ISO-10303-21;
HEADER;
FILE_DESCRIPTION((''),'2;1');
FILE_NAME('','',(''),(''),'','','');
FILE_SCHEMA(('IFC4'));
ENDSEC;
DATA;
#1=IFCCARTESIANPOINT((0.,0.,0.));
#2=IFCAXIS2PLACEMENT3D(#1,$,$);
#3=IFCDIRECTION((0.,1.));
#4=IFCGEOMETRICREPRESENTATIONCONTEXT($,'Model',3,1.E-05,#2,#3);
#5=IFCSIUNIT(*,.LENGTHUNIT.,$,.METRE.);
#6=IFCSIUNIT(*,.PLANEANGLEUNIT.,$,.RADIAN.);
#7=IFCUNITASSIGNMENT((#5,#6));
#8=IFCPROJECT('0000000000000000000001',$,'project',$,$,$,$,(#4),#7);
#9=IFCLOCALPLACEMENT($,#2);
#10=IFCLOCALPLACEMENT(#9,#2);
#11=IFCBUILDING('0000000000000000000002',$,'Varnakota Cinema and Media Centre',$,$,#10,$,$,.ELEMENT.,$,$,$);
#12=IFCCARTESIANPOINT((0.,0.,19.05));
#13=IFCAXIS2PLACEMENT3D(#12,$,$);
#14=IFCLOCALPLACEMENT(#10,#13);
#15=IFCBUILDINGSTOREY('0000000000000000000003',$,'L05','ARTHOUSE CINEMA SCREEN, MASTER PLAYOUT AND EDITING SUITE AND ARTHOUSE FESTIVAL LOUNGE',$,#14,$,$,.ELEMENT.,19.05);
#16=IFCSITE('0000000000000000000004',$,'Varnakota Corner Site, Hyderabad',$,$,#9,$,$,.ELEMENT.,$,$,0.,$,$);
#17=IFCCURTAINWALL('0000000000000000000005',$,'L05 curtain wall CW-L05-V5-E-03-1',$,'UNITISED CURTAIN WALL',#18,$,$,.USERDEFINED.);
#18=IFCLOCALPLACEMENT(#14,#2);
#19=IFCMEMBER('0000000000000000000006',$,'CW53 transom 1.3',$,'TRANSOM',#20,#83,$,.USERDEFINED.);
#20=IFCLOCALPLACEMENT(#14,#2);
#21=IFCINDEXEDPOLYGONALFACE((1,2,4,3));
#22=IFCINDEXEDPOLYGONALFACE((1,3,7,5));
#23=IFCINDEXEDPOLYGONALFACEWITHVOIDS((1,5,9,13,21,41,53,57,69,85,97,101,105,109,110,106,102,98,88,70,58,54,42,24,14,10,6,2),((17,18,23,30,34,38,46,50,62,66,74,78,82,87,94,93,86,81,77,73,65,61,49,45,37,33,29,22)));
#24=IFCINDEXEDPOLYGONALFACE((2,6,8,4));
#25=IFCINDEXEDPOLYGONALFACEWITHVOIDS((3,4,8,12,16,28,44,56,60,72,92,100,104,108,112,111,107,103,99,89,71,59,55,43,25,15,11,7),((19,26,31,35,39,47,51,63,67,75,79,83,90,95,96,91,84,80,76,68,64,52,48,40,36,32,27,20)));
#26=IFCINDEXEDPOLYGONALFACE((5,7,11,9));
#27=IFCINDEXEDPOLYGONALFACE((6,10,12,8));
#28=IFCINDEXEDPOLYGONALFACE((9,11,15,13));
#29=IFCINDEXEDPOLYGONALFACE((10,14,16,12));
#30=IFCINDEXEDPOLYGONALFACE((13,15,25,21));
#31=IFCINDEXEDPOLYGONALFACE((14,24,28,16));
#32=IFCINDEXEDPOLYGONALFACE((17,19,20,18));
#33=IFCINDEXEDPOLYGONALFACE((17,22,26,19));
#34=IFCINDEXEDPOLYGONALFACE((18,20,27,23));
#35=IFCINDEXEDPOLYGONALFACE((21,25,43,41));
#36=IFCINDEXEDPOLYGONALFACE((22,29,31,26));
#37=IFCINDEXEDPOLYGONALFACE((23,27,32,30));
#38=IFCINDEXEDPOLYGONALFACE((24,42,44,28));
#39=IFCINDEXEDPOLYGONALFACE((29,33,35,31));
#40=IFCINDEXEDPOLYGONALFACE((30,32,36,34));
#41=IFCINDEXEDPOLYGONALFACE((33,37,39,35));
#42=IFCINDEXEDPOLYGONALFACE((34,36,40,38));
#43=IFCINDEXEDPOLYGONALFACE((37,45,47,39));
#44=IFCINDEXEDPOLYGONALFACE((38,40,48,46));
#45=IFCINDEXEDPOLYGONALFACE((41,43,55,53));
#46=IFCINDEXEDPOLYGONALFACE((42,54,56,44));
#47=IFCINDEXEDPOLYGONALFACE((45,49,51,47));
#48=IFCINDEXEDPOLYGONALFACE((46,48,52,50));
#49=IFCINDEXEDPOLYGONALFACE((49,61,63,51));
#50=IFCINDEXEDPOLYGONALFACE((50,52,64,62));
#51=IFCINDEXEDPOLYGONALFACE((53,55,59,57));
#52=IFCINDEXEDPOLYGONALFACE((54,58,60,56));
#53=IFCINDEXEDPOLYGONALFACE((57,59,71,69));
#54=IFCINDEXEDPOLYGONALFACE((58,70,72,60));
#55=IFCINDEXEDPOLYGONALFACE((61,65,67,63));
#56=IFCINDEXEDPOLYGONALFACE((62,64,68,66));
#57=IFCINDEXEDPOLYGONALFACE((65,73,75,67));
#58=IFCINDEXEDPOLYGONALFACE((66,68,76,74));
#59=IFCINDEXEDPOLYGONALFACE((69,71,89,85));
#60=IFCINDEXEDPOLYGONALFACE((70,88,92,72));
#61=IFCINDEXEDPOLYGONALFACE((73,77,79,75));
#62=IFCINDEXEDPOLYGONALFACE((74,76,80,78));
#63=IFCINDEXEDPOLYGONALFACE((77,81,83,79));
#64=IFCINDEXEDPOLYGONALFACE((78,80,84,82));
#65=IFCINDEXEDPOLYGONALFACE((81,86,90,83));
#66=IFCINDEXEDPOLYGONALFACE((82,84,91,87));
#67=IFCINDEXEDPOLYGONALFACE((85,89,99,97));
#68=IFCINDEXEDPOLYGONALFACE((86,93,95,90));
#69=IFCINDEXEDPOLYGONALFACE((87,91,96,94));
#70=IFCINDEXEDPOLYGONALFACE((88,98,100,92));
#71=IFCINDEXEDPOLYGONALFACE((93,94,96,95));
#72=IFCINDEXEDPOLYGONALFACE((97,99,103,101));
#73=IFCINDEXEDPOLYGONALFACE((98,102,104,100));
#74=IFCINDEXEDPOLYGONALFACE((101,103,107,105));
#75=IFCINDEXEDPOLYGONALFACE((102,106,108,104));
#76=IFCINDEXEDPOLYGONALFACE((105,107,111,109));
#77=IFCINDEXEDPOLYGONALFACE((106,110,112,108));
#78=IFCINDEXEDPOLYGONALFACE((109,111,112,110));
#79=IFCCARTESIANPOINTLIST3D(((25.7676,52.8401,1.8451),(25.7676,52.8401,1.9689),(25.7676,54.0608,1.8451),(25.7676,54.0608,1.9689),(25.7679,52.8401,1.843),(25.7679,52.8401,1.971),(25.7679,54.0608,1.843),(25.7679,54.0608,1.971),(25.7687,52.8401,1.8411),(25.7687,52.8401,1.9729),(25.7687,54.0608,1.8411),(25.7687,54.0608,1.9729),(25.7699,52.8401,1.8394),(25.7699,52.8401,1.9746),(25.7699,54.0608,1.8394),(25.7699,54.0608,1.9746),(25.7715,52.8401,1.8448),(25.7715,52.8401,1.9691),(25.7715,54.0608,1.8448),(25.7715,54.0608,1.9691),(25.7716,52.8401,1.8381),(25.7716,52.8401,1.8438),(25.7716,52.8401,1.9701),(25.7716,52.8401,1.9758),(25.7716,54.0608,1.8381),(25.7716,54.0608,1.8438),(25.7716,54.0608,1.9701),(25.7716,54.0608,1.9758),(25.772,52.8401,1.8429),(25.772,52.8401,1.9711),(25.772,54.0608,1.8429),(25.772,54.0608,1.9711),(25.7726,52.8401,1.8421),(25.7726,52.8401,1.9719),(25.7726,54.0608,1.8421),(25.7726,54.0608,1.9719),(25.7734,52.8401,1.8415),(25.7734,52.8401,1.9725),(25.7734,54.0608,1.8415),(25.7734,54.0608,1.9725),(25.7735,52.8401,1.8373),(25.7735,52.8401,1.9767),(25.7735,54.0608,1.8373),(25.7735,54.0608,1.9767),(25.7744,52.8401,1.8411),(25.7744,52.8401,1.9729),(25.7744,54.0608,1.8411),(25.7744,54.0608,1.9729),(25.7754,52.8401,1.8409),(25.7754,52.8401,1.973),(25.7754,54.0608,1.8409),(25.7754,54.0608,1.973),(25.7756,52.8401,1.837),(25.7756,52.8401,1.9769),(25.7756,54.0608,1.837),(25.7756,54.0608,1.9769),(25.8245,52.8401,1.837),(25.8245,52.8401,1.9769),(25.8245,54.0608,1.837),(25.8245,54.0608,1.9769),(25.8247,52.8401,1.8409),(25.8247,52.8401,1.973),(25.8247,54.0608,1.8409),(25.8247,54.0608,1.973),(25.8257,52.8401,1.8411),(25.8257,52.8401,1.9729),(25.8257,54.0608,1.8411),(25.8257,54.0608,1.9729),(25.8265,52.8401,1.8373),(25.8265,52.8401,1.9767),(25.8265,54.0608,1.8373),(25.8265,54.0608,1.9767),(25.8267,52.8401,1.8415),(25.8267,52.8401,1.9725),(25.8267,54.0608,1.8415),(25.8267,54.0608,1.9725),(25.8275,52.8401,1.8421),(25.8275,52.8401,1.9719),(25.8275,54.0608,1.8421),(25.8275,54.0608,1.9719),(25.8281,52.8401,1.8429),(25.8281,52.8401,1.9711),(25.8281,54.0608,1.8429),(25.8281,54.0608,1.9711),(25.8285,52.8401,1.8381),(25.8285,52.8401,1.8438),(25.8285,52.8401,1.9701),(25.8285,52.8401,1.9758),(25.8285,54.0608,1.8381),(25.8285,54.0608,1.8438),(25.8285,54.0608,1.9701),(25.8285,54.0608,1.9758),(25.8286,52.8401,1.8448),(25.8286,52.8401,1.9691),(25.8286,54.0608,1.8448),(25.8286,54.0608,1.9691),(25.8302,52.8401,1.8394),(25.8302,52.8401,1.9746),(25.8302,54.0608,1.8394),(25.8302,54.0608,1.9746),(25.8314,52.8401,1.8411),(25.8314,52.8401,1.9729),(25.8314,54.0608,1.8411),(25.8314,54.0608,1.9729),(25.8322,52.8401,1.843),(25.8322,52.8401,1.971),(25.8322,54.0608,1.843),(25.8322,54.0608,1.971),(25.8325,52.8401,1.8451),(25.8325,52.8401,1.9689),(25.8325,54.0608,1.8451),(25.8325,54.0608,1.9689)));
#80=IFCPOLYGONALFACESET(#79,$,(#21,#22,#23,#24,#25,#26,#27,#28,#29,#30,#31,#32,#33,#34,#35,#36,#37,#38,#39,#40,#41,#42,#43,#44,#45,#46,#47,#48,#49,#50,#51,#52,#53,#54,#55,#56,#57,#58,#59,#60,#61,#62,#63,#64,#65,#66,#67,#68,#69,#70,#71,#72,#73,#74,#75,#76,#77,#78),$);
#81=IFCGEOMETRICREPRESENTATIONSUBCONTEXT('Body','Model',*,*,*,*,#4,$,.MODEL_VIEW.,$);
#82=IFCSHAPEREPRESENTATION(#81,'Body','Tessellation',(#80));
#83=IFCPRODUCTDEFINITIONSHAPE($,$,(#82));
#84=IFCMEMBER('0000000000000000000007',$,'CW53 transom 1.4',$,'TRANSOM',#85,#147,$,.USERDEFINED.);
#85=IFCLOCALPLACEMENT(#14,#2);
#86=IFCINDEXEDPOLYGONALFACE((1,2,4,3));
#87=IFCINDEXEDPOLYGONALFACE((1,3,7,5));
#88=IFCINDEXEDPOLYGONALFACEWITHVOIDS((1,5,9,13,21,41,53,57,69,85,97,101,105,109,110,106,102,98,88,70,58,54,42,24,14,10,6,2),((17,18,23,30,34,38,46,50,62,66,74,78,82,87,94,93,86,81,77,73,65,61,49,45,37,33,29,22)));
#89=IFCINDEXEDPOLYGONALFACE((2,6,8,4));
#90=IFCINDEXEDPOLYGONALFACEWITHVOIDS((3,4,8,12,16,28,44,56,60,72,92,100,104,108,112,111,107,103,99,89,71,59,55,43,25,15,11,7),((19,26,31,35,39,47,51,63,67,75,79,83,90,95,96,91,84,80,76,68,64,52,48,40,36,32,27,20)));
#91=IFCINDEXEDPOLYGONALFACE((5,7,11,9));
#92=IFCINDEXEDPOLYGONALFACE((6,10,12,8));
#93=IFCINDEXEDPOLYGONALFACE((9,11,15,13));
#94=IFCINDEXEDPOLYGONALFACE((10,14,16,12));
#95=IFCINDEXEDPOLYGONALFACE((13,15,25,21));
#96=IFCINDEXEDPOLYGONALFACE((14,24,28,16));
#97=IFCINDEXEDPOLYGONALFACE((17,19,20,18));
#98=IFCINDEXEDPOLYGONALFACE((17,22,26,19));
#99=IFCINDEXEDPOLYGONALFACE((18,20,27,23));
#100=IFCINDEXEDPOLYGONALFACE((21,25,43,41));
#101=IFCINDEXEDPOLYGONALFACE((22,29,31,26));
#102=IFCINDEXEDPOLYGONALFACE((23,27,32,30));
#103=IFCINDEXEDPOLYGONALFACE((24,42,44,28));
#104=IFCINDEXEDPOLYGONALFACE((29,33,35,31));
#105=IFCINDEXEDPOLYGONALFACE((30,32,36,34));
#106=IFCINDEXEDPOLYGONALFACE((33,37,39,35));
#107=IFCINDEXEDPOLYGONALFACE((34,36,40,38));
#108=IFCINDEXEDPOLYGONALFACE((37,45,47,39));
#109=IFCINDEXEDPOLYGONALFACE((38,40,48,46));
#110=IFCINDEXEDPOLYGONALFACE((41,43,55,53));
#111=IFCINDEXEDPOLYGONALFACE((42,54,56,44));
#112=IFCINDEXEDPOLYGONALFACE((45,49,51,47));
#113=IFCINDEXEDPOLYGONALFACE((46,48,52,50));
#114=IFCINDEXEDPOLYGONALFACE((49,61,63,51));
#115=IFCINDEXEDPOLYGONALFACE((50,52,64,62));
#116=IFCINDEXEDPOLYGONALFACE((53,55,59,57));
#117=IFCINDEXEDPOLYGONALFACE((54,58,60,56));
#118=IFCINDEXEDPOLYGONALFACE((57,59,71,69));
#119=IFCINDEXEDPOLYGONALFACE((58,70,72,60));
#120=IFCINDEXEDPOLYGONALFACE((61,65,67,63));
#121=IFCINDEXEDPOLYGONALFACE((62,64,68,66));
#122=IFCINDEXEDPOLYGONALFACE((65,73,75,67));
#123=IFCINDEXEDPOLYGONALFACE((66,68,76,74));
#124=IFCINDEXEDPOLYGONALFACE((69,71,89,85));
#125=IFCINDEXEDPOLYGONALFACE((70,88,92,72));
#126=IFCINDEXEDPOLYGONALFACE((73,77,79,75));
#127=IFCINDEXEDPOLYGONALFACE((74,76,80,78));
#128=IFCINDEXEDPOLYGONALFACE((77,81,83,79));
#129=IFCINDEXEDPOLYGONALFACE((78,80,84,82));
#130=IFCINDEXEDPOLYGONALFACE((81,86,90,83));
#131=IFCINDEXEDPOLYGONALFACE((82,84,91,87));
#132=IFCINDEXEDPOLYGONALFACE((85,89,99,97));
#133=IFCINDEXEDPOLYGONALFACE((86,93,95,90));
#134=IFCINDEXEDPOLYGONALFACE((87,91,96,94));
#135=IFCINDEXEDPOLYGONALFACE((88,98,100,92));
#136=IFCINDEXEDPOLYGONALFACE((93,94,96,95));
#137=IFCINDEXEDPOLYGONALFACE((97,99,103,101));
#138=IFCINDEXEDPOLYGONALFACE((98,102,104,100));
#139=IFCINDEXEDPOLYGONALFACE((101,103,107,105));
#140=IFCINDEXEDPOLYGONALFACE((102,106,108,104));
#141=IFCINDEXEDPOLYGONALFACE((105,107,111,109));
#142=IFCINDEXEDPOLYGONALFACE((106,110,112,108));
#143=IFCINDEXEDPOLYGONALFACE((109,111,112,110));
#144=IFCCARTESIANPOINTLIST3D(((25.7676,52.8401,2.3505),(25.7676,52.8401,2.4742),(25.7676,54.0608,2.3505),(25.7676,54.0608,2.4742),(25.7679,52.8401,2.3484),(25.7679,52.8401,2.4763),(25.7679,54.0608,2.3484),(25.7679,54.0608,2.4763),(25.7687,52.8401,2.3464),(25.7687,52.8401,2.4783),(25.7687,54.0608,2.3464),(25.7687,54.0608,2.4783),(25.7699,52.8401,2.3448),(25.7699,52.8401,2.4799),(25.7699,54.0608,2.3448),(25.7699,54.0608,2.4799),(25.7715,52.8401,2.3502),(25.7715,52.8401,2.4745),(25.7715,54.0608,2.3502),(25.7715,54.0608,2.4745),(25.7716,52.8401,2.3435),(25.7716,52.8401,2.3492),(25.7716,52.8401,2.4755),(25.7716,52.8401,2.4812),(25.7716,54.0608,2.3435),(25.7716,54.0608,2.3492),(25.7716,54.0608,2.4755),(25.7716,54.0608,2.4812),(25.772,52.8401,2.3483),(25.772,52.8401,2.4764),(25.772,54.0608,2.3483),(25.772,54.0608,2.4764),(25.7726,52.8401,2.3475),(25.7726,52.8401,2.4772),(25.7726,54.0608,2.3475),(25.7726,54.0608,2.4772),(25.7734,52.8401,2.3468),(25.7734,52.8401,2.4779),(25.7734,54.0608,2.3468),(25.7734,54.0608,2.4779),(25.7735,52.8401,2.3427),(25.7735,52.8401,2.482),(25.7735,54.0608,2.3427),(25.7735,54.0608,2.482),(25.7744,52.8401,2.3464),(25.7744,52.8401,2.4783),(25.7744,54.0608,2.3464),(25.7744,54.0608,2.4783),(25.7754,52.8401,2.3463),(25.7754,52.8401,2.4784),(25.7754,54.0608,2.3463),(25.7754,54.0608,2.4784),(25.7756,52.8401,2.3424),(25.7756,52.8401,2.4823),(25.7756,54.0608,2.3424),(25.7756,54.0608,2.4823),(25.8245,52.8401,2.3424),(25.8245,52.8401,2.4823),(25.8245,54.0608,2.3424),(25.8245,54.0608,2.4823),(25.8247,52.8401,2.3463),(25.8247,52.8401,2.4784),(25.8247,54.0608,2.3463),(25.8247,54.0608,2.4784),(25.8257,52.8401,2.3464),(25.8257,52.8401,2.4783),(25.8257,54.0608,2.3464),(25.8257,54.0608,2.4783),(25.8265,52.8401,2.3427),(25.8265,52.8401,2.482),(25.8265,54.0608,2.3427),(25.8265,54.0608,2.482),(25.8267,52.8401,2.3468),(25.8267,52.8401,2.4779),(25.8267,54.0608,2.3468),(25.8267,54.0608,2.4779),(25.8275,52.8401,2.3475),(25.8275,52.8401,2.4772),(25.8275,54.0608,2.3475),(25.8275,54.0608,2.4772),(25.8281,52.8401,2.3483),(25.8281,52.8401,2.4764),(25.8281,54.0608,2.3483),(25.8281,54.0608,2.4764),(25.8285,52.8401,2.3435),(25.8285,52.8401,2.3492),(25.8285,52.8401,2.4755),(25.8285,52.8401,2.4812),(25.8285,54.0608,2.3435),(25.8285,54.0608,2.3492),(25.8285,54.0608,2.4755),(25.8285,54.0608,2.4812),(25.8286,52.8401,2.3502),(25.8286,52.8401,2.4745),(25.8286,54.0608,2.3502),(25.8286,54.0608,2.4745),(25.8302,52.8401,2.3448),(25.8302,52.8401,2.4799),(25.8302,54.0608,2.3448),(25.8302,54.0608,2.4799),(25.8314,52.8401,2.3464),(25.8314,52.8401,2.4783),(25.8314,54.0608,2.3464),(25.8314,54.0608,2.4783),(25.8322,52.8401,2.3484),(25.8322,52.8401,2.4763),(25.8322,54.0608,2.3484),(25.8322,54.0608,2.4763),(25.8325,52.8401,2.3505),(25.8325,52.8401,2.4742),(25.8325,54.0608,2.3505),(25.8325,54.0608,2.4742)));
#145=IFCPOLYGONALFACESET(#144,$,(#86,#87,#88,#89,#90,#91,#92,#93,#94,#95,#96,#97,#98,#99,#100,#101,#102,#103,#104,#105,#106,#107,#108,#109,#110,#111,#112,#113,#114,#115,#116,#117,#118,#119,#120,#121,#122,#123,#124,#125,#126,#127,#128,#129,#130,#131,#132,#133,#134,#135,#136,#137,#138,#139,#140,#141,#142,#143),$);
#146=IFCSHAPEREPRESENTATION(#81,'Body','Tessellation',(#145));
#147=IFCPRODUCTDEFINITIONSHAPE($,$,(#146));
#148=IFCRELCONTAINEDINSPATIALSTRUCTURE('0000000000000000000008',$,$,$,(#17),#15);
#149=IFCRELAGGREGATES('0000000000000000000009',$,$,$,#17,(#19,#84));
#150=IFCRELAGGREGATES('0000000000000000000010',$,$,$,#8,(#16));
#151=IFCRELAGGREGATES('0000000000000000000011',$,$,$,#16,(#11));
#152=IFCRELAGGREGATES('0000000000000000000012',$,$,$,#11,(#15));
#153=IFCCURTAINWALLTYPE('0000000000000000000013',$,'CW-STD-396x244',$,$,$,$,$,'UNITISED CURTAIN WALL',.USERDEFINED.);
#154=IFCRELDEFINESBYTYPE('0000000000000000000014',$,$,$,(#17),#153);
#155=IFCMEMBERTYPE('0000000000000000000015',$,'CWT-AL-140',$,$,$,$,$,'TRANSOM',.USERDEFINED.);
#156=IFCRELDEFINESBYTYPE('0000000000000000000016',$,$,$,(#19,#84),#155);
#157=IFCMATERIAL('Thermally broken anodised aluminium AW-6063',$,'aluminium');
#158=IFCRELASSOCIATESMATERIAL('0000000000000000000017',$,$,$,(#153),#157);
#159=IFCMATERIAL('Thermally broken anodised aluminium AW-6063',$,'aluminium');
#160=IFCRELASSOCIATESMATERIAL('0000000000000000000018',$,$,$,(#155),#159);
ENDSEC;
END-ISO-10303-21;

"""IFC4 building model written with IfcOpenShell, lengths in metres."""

from ifc_helpers import new_model, si_unit, direction, frame, origin, origin_2d, place, context, subcontext, project, spatial, hollow_rectangle, extrude, material, material_profile, profile_set, type_object, element, aggregate, save


model = new_model("IFC4")

# Units and contexts
model_context = context("Model", 3, precision=1e-05, world=origin(), true_north=direction((0.0, 1.0)))
body_context = subcontext(model_context, "Body", "Model", "MODEL_VIEW")
ifc_project = project(units=[si_unit("LENGTHUNIT", "METRE"), si_unit("PLANEANGLEUNIT", "RADIAN")], contexts=[model_context])

# Site, building, storey
site_placement = place(None, origin())
site = spatial("IfcSite", under=ifc_project, at=site_placement, Name="Varnakota Corner Site, Hyderabad", CompositionType="ELEMENT", RefElevation=0.0)
building_placement = place(site_placement, origin())
building = spatial("IfcBuilding", under=site, at=building_placement, Name="Varnakota Cinema and Media Centre", CompositionType="ELEMENT")
storey_placement = place(building_placement, frame((0.0, 0.0, 19.05)))
storey = spatial("IfcBuildingStorey", under=building, at=storey_placement, Name="L05", Description="ARTHOUSE CINEMA SCREEN, MASTER PLAYOUT AND EDITING SUITE AND ARTHOUSE FESTIVAL LOUNGE", CompositionType="ELEMENT", Elevation=19.05)

# Curtain wall
ifc_material_1 = material(Name="Thermally broken anodised aluminium AW-6063", Category="aluminium")
curtain_wall_type_1 = type_object("IfcCurtainWallType", Name="CW-STD-396x244", ElementType="UNITISED CURTAIN WALL", PredefinedType="USERDEFINED", material=ifc_material_1)
curtain_wall_1_placement = place(storey_placement, origin())
curtain_wall_1 = element("IfcCurtainWall", 1, at=curtain_wall_1_placement, inside=storey, type_object=curtain_wall_type_1, Name="L05 curtain wall CW-L05-V5-E-03-1", ObjectType="UNITISED CURTAIN WALL", PredefinedType="USERDEFINED")

# Members
ifc_material_2 = material(Name="Thermally broken anodised aluminium AW-6063", Category="aluminium")
ifc_material_profile_1 = material_profile(ifc_material_2, hollow_rectangle(XDim=0.0649, YDim=0.1399, WallThickness=0.0039, InnerFilletRadius=0.0039, OuterFilletRadius=0.0081, at=origin_2d()), Name="AL-TRANSOM 140x65x4")
ifc_profile_set_1 = profile_set([ifc_material_profile_1], Name="Thermally broken anodised aluminium AW-6063")
member_type_1 = type_object("IfcMemberType", Name="CWT-AL-140", ElementType="TRANSOM", PredefinedType="USERDEFINED", material=ifc_profile_set_1)
member_1_placement = place(storey_placement, frame((25.8, 52.8401, 1.907), z_axis=(0.0, 1.0, 0.0), x_axis=(-1.0, 0.0, 0.0)))
member_1 = element("IfcMember", 2, at=member_1_placement, type_object=member_type_1, Name="CW53 transom 1.3", ObjectType="TRANSOM", PredefinedType="USERDEFINED", context=body_context, shape_type="SweptSolid", body=[
    extrude(hollow_rectangle(XDim=0.0649, YDim=0.1399, WallThickness=0.0039, InnerFilletRadius=0.0039, OuterFilletRadius=0.0081, at=origin_2d()), origin(), (0.0, 0.0, 1.0), 1.2207),
])
member_2_placement = place(storey_placement, frame((25.8, 52.8401, 2.4124), z_axis=(0.0, 1.0, 0.0), x_axis=(-1.0, 0.0, 0.0)))
member_2 = element("IfcMember", 3, at=member_2_placement, type_object=member_type_1, Name="CW53 transom 1.4", ObjectType="TRANSOM", PredefinedType="USERDEFINED", context=body_context, shape_type="SweptSolid", body=[
    extrude(hollow_rectangle(XDim=0.0649, YDim=0.1399, WallThickness=0.0039, InnerFilletRadius=0.0039, OuterFilletRadius=0.0081, at=origin_2d()), origin(), (0.0, 0.0, 1.0), 1.2207),
])

aggregate(curtain_wall_1, [member_1, member_2])

save(model, "model.ifc")
